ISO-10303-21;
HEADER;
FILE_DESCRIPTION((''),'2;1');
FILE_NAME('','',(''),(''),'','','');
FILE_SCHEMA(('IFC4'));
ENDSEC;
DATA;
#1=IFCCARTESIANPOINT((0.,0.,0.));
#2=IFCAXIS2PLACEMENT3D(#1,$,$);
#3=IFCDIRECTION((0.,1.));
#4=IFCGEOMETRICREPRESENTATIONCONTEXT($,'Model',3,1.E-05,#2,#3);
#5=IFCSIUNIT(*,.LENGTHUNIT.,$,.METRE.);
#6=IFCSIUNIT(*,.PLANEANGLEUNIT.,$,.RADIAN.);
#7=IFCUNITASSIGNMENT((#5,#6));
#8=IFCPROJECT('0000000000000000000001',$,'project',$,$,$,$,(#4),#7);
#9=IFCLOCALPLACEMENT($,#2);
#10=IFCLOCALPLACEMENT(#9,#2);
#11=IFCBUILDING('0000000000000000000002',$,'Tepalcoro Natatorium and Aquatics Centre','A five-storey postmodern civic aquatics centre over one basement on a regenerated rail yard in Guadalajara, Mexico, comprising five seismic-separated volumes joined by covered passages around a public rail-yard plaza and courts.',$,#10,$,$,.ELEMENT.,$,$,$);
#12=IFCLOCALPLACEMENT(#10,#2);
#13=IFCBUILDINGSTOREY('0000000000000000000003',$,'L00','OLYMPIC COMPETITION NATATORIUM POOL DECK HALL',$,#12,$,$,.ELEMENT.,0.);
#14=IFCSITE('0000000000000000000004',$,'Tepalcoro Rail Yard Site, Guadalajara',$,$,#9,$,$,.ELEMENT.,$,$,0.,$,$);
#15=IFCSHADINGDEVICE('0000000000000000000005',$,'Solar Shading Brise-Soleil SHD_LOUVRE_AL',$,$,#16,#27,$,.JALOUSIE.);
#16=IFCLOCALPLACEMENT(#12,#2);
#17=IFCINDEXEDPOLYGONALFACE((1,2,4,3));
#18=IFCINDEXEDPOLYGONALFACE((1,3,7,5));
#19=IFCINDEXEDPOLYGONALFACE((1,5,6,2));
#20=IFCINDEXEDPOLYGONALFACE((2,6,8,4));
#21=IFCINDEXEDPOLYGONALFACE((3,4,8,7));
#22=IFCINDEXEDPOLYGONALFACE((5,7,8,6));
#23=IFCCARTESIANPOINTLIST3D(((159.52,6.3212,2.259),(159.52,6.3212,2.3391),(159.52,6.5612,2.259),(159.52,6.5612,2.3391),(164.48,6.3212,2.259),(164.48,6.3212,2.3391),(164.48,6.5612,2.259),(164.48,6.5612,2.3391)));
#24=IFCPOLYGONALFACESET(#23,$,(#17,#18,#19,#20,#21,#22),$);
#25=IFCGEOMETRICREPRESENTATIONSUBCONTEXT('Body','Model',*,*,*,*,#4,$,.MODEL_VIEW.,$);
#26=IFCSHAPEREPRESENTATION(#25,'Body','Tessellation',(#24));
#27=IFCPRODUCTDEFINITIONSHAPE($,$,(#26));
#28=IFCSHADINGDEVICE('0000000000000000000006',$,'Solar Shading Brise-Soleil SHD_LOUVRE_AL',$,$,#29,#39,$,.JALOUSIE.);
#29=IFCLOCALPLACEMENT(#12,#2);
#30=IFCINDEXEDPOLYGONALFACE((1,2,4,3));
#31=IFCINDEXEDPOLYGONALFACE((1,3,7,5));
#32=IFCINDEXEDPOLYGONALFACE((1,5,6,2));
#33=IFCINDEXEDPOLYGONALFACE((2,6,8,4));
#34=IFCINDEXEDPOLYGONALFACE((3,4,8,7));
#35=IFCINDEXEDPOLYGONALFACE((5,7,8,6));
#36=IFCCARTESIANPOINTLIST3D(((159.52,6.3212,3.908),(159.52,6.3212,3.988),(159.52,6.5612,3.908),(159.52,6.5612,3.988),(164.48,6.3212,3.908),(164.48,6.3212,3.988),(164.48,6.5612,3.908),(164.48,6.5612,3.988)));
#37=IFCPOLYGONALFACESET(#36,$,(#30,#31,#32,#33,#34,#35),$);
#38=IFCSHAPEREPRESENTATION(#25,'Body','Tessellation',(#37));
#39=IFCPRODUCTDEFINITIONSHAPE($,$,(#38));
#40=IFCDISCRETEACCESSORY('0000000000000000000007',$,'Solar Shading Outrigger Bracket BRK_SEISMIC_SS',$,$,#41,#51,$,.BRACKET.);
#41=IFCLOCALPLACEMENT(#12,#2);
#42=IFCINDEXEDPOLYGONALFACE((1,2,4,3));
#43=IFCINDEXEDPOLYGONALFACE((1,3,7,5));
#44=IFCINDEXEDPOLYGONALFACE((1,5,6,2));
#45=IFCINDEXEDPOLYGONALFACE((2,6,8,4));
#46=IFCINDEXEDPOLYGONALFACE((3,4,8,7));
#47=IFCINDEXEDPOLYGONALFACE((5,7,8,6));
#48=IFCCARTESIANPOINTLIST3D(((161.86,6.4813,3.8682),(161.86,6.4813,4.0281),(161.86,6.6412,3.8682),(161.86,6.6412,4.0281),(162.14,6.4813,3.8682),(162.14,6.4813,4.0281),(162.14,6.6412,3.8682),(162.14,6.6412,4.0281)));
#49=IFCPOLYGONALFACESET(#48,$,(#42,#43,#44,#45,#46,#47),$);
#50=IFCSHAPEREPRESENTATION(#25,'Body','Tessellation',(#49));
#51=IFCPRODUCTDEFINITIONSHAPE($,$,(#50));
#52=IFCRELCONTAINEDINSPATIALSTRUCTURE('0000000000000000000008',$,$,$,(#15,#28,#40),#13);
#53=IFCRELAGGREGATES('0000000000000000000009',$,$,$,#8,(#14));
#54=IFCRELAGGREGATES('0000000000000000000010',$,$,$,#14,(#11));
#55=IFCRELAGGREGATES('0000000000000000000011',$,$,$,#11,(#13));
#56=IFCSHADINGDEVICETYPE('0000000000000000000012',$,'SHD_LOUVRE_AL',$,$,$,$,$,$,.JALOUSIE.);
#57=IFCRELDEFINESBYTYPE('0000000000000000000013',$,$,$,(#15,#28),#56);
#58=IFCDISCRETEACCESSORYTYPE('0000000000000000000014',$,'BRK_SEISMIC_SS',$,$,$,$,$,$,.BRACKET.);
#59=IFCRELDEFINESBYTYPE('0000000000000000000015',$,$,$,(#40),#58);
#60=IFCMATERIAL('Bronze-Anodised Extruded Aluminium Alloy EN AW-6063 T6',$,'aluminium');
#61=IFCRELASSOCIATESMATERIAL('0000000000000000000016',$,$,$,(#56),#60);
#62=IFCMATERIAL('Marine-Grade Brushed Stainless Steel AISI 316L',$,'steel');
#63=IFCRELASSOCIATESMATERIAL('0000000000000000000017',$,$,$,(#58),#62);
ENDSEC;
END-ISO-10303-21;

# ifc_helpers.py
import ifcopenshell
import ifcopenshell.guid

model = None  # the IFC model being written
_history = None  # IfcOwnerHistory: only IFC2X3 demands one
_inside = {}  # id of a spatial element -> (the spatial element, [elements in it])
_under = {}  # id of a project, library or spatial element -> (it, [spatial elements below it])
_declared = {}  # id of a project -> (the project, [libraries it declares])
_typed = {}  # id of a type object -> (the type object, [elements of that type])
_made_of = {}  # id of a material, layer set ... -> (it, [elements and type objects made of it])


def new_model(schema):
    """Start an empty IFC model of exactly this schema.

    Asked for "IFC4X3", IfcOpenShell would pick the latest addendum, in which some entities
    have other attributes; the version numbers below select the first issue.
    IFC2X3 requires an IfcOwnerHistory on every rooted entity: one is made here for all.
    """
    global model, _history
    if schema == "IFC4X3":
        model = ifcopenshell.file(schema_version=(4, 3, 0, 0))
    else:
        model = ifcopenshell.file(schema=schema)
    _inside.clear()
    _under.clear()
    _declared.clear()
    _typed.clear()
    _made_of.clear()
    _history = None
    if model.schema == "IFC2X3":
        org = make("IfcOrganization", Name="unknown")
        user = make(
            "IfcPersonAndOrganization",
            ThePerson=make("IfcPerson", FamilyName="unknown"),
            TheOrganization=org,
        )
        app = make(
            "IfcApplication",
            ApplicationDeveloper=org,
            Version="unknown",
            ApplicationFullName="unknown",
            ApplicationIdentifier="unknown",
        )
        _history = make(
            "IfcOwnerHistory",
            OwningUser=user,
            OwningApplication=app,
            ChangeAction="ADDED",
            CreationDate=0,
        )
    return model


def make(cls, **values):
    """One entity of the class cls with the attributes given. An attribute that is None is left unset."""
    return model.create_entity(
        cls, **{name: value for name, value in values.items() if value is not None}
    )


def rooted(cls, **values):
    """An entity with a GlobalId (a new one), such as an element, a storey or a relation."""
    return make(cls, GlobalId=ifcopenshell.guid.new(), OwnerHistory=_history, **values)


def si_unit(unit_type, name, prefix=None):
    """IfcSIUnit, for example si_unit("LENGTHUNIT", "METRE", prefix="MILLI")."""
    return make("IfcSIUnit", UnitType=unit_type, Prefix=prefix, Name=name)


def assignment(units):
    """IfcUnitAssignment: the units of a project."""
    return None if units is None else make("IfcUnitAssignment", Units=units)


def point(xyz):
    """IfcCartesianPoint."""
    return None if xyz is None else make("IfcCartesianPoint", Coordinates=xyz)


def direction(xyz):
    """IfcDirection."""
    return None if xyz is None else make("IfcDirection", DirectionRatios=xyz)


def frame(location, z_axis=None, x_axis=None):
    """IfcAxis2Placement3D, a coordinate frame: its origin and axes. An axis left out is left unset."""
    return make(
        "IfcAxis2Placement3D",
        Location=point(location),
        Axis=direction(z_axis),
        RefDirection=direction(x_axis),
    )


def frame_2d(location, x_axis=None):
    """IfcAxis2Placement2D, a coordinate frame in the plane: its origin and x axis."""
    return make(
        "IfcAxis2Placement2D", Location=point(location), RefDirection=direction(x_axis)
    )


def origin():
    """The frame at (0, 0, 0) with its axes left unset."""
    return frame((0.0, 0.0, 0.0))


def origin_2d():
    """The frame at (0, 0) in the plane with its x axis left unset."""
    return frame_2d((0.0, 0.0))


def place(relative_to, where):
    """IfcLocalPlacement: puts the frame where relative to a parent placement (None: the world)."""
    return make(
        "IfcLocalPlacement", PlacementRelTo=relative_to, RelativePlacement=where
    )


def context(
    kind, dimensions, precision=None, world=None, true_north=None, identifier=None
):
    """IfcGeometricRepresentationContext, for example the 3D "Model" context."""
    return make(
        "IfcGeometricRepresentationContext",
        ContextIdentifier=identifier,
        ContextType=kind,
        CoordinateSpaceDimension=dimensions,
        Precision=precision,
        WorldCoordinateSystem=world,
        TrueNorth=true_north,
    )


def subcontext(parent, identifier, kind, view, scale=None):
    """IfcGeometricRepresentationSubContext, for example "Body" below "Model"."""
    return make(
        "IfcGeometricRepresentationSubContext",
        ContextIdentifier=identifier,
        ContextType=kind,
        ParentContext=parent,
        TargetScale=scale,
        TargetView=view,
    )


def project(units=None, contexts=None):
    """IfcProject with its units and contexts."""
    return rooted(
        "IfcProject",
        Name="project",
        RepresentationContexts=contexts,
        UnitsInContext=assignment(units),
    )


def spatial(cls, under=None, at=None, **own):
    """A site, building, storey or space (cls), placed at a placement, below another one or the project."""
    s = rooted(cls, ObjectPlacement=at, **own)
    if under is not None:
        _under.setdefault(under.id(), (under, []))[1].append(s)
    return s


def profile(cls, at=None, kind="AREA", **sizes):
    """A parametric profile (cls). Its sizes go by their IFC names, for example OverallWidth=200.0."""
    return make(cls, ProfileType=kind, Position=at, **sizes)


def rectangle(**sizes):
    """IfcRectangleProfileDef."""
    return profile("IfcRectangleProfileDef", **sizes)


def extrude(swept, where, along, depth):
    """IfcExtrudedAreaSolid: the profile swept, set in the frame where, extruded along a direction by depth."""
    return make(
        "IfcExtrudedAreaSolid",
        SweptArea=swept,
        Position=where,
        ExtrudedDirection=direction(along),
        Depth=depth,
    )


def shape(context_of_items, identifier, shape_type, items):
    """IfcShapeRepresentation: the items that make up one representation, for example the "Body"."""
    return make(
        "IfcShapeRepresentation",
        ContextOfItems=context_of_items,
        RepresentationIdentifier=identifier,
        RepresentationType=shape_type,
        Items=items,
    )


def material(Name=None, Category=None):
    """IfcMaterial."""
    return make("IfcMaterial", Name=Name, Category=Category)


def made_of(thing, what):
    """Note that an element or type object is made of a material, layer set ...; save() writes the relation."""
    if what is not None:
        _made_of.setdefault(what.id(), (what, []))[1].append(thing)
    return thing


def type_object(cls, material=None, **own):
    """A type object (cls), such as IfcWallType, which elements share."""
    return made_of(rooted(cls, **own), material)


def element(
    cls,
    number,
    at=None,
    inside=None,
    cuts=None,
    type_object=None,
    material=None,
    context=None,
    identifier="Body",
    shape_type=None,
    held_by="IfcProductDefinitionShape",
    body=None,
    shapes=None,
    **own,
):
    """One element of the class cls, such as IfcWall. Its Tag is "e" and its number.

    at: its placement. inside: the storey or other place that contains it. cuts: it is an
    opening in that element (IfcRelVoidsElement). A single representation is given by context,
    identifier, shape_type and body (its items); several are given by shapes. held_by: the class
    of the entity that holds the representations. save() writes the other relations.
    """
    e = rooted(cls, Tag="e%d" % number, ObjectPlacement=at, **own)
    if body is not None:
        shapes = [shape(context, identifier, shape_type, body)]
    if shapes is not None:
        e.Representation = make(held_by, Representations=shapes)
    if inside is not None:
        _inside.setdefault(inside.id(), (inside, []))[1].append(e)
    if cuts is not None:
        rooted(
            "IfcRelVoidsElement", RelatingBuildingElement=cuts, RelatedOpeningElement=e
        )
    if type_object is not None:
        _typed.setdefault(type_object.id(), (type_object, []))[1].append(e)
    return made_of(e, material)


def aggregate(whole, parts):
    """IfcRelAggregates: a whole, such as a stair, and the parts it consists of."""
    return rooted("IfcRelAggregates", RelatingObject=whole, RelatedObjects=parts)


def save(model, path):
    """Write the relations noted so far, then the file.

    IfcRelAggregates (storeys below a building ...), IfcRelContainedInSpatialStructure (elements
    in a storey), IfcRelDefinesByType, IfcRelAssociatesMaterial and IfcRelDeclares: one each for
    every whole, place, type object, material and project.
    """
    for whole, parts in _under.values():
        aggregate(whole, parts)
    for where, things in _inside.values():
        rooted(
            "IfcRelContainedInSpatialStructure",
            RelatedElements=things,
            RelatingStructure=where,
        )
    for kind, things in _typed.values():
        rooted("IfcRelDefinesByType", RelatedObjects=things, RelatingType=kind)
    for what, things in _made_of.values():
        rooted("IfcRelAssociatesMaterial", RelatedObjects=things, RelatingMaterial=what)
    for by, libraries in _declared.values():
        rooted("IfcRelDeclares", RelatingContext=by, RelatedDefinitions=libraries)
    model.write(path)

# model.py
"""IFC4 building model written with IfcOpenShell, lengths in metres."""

from ifc_helpers import new_model, si_unit, direction, frame, origin, origin_2d, place, context, subcontext, project, spatial, rectangle, extrude, material, type_object, element, save


model = new_model("IFC4")

# Units and contexts
model_context = context("Model", 3, precision=1e-05, world=origin(), true_north=direction((0.0, 1.0)))
body_context = subcontext(model_context, "Body", "Model", "MODEL_VIEW")
ifc_project = project(units=[si_unit("LENGTHUNIT", "METRE"), si_unit("PLANEANGLEUNIT", "RADIAN")], contexts=[model_context])

# Site, building, storey
site_placement = place(None, origin())
site = spatial("IfcSite", under=ifc_project, at=site_placement, Name="Tepalcoro Rail Yard Site, Guadalajara", CompositionType="ELEMENT", RefElevation=0.0)
building_placement = place(site_placement, origin())
building = spatial("IfcBuilding", under=site, at=building_placement, Name="Tepalcoro Natatorium and Aquatics Centre", Description="A five-storey postmodern civic aquatics centre over one basement on a regenerated rail yard in Guadalajara, Mexico, comprising five seismic-separated volumes joined by covered passages around a public rail-yard plaza and courts.", CompositionType="ELEMENT")
storey_placement = place(building_placement, origin())
storey = spatial("IfcBuildingStorey", under=building, at=storey_placement, Name="L00", Description="OLYMPIC COMPETITION NATATORIUM POOL DECK HALL", CompositionType="ELEMENT", Elevation=0.0)

# Shared definitions
ifc_material_1 = material(Name="Bronze-Anodised Extruded Aluminium Alloy EN AW-6063 T6", Category="aluminium")

# Shading devices
shading_device_type = type_object("IfcShadingDeviceType", Name="SHD_LOUVRE_AL", PredefinedType="JALOUSIE", material=ifc_material_1)
for number, where, z_axis, x_axis, name in (
    (1, (162.0, 6.4412, 2.259), (0.0, 0.0, 1.0), (1.0, 0.0, 0.0), "Solar Shading Brise-Soleil SHD_LOUVRE_AL"),
    (2, (162.0, 6.4412, 3.908), (0.0, 0.0, 1.0), (1.0, 0.0, 0.0), "Solar Shading Brise-Soleil SHD_LOUVRE_AL"),
):
    element("IfcShadingDevice", number, at=place(storey_placement, frame(where, z_axis=z_axis, x_axis=x_axis)), inside=storey, type_object=shading_device_type, Name=name, PredefinedType="JALOUSIE", context=body_context, shape_type="SweptSolid", body=[
        extrude(rectangle(XDim=4.96, YDim=0.24, at=origin_2d()), origin(), (0.0, 0.0, 1.0), 0.0801),
    ])

# Discrete accessory
ifc_material_2 = material(Name="Marine-Grade Brushed Stainless Steel AISI 316L", Category="steel")
discrete_accessory_type = type_object("IfcDiscreteAccessoryType", Name="BRK_SEISMIC_SS", PredefinedType="BRACKET", material=ifc_material_2)
discrete_accessory_placement = place(storey_placement, frame((162.0, 6.5613, 3.8682), z_axis=(0.0, 0.0, 1.0), x_axis=(1.0, 0.0, 0.0)))
element("IfcDiscreteAccessory", 3, at=discrete_accessory_placement, inside=storey, type_object=discrete_accessory_type, Name="Solar Shading Outrigger Bracket BRK_SEISMIC_SS", PredefinedType="BRACKET", context=body_context, shape_type="SweptSolid", body=[
    extrude(rectangle(XDim=0.28, YDim=0.1599, at=origin_2d()), origin(), (0.0, 0.0, 1.0), 0.1599),
])

save(model, "model.ifc")
